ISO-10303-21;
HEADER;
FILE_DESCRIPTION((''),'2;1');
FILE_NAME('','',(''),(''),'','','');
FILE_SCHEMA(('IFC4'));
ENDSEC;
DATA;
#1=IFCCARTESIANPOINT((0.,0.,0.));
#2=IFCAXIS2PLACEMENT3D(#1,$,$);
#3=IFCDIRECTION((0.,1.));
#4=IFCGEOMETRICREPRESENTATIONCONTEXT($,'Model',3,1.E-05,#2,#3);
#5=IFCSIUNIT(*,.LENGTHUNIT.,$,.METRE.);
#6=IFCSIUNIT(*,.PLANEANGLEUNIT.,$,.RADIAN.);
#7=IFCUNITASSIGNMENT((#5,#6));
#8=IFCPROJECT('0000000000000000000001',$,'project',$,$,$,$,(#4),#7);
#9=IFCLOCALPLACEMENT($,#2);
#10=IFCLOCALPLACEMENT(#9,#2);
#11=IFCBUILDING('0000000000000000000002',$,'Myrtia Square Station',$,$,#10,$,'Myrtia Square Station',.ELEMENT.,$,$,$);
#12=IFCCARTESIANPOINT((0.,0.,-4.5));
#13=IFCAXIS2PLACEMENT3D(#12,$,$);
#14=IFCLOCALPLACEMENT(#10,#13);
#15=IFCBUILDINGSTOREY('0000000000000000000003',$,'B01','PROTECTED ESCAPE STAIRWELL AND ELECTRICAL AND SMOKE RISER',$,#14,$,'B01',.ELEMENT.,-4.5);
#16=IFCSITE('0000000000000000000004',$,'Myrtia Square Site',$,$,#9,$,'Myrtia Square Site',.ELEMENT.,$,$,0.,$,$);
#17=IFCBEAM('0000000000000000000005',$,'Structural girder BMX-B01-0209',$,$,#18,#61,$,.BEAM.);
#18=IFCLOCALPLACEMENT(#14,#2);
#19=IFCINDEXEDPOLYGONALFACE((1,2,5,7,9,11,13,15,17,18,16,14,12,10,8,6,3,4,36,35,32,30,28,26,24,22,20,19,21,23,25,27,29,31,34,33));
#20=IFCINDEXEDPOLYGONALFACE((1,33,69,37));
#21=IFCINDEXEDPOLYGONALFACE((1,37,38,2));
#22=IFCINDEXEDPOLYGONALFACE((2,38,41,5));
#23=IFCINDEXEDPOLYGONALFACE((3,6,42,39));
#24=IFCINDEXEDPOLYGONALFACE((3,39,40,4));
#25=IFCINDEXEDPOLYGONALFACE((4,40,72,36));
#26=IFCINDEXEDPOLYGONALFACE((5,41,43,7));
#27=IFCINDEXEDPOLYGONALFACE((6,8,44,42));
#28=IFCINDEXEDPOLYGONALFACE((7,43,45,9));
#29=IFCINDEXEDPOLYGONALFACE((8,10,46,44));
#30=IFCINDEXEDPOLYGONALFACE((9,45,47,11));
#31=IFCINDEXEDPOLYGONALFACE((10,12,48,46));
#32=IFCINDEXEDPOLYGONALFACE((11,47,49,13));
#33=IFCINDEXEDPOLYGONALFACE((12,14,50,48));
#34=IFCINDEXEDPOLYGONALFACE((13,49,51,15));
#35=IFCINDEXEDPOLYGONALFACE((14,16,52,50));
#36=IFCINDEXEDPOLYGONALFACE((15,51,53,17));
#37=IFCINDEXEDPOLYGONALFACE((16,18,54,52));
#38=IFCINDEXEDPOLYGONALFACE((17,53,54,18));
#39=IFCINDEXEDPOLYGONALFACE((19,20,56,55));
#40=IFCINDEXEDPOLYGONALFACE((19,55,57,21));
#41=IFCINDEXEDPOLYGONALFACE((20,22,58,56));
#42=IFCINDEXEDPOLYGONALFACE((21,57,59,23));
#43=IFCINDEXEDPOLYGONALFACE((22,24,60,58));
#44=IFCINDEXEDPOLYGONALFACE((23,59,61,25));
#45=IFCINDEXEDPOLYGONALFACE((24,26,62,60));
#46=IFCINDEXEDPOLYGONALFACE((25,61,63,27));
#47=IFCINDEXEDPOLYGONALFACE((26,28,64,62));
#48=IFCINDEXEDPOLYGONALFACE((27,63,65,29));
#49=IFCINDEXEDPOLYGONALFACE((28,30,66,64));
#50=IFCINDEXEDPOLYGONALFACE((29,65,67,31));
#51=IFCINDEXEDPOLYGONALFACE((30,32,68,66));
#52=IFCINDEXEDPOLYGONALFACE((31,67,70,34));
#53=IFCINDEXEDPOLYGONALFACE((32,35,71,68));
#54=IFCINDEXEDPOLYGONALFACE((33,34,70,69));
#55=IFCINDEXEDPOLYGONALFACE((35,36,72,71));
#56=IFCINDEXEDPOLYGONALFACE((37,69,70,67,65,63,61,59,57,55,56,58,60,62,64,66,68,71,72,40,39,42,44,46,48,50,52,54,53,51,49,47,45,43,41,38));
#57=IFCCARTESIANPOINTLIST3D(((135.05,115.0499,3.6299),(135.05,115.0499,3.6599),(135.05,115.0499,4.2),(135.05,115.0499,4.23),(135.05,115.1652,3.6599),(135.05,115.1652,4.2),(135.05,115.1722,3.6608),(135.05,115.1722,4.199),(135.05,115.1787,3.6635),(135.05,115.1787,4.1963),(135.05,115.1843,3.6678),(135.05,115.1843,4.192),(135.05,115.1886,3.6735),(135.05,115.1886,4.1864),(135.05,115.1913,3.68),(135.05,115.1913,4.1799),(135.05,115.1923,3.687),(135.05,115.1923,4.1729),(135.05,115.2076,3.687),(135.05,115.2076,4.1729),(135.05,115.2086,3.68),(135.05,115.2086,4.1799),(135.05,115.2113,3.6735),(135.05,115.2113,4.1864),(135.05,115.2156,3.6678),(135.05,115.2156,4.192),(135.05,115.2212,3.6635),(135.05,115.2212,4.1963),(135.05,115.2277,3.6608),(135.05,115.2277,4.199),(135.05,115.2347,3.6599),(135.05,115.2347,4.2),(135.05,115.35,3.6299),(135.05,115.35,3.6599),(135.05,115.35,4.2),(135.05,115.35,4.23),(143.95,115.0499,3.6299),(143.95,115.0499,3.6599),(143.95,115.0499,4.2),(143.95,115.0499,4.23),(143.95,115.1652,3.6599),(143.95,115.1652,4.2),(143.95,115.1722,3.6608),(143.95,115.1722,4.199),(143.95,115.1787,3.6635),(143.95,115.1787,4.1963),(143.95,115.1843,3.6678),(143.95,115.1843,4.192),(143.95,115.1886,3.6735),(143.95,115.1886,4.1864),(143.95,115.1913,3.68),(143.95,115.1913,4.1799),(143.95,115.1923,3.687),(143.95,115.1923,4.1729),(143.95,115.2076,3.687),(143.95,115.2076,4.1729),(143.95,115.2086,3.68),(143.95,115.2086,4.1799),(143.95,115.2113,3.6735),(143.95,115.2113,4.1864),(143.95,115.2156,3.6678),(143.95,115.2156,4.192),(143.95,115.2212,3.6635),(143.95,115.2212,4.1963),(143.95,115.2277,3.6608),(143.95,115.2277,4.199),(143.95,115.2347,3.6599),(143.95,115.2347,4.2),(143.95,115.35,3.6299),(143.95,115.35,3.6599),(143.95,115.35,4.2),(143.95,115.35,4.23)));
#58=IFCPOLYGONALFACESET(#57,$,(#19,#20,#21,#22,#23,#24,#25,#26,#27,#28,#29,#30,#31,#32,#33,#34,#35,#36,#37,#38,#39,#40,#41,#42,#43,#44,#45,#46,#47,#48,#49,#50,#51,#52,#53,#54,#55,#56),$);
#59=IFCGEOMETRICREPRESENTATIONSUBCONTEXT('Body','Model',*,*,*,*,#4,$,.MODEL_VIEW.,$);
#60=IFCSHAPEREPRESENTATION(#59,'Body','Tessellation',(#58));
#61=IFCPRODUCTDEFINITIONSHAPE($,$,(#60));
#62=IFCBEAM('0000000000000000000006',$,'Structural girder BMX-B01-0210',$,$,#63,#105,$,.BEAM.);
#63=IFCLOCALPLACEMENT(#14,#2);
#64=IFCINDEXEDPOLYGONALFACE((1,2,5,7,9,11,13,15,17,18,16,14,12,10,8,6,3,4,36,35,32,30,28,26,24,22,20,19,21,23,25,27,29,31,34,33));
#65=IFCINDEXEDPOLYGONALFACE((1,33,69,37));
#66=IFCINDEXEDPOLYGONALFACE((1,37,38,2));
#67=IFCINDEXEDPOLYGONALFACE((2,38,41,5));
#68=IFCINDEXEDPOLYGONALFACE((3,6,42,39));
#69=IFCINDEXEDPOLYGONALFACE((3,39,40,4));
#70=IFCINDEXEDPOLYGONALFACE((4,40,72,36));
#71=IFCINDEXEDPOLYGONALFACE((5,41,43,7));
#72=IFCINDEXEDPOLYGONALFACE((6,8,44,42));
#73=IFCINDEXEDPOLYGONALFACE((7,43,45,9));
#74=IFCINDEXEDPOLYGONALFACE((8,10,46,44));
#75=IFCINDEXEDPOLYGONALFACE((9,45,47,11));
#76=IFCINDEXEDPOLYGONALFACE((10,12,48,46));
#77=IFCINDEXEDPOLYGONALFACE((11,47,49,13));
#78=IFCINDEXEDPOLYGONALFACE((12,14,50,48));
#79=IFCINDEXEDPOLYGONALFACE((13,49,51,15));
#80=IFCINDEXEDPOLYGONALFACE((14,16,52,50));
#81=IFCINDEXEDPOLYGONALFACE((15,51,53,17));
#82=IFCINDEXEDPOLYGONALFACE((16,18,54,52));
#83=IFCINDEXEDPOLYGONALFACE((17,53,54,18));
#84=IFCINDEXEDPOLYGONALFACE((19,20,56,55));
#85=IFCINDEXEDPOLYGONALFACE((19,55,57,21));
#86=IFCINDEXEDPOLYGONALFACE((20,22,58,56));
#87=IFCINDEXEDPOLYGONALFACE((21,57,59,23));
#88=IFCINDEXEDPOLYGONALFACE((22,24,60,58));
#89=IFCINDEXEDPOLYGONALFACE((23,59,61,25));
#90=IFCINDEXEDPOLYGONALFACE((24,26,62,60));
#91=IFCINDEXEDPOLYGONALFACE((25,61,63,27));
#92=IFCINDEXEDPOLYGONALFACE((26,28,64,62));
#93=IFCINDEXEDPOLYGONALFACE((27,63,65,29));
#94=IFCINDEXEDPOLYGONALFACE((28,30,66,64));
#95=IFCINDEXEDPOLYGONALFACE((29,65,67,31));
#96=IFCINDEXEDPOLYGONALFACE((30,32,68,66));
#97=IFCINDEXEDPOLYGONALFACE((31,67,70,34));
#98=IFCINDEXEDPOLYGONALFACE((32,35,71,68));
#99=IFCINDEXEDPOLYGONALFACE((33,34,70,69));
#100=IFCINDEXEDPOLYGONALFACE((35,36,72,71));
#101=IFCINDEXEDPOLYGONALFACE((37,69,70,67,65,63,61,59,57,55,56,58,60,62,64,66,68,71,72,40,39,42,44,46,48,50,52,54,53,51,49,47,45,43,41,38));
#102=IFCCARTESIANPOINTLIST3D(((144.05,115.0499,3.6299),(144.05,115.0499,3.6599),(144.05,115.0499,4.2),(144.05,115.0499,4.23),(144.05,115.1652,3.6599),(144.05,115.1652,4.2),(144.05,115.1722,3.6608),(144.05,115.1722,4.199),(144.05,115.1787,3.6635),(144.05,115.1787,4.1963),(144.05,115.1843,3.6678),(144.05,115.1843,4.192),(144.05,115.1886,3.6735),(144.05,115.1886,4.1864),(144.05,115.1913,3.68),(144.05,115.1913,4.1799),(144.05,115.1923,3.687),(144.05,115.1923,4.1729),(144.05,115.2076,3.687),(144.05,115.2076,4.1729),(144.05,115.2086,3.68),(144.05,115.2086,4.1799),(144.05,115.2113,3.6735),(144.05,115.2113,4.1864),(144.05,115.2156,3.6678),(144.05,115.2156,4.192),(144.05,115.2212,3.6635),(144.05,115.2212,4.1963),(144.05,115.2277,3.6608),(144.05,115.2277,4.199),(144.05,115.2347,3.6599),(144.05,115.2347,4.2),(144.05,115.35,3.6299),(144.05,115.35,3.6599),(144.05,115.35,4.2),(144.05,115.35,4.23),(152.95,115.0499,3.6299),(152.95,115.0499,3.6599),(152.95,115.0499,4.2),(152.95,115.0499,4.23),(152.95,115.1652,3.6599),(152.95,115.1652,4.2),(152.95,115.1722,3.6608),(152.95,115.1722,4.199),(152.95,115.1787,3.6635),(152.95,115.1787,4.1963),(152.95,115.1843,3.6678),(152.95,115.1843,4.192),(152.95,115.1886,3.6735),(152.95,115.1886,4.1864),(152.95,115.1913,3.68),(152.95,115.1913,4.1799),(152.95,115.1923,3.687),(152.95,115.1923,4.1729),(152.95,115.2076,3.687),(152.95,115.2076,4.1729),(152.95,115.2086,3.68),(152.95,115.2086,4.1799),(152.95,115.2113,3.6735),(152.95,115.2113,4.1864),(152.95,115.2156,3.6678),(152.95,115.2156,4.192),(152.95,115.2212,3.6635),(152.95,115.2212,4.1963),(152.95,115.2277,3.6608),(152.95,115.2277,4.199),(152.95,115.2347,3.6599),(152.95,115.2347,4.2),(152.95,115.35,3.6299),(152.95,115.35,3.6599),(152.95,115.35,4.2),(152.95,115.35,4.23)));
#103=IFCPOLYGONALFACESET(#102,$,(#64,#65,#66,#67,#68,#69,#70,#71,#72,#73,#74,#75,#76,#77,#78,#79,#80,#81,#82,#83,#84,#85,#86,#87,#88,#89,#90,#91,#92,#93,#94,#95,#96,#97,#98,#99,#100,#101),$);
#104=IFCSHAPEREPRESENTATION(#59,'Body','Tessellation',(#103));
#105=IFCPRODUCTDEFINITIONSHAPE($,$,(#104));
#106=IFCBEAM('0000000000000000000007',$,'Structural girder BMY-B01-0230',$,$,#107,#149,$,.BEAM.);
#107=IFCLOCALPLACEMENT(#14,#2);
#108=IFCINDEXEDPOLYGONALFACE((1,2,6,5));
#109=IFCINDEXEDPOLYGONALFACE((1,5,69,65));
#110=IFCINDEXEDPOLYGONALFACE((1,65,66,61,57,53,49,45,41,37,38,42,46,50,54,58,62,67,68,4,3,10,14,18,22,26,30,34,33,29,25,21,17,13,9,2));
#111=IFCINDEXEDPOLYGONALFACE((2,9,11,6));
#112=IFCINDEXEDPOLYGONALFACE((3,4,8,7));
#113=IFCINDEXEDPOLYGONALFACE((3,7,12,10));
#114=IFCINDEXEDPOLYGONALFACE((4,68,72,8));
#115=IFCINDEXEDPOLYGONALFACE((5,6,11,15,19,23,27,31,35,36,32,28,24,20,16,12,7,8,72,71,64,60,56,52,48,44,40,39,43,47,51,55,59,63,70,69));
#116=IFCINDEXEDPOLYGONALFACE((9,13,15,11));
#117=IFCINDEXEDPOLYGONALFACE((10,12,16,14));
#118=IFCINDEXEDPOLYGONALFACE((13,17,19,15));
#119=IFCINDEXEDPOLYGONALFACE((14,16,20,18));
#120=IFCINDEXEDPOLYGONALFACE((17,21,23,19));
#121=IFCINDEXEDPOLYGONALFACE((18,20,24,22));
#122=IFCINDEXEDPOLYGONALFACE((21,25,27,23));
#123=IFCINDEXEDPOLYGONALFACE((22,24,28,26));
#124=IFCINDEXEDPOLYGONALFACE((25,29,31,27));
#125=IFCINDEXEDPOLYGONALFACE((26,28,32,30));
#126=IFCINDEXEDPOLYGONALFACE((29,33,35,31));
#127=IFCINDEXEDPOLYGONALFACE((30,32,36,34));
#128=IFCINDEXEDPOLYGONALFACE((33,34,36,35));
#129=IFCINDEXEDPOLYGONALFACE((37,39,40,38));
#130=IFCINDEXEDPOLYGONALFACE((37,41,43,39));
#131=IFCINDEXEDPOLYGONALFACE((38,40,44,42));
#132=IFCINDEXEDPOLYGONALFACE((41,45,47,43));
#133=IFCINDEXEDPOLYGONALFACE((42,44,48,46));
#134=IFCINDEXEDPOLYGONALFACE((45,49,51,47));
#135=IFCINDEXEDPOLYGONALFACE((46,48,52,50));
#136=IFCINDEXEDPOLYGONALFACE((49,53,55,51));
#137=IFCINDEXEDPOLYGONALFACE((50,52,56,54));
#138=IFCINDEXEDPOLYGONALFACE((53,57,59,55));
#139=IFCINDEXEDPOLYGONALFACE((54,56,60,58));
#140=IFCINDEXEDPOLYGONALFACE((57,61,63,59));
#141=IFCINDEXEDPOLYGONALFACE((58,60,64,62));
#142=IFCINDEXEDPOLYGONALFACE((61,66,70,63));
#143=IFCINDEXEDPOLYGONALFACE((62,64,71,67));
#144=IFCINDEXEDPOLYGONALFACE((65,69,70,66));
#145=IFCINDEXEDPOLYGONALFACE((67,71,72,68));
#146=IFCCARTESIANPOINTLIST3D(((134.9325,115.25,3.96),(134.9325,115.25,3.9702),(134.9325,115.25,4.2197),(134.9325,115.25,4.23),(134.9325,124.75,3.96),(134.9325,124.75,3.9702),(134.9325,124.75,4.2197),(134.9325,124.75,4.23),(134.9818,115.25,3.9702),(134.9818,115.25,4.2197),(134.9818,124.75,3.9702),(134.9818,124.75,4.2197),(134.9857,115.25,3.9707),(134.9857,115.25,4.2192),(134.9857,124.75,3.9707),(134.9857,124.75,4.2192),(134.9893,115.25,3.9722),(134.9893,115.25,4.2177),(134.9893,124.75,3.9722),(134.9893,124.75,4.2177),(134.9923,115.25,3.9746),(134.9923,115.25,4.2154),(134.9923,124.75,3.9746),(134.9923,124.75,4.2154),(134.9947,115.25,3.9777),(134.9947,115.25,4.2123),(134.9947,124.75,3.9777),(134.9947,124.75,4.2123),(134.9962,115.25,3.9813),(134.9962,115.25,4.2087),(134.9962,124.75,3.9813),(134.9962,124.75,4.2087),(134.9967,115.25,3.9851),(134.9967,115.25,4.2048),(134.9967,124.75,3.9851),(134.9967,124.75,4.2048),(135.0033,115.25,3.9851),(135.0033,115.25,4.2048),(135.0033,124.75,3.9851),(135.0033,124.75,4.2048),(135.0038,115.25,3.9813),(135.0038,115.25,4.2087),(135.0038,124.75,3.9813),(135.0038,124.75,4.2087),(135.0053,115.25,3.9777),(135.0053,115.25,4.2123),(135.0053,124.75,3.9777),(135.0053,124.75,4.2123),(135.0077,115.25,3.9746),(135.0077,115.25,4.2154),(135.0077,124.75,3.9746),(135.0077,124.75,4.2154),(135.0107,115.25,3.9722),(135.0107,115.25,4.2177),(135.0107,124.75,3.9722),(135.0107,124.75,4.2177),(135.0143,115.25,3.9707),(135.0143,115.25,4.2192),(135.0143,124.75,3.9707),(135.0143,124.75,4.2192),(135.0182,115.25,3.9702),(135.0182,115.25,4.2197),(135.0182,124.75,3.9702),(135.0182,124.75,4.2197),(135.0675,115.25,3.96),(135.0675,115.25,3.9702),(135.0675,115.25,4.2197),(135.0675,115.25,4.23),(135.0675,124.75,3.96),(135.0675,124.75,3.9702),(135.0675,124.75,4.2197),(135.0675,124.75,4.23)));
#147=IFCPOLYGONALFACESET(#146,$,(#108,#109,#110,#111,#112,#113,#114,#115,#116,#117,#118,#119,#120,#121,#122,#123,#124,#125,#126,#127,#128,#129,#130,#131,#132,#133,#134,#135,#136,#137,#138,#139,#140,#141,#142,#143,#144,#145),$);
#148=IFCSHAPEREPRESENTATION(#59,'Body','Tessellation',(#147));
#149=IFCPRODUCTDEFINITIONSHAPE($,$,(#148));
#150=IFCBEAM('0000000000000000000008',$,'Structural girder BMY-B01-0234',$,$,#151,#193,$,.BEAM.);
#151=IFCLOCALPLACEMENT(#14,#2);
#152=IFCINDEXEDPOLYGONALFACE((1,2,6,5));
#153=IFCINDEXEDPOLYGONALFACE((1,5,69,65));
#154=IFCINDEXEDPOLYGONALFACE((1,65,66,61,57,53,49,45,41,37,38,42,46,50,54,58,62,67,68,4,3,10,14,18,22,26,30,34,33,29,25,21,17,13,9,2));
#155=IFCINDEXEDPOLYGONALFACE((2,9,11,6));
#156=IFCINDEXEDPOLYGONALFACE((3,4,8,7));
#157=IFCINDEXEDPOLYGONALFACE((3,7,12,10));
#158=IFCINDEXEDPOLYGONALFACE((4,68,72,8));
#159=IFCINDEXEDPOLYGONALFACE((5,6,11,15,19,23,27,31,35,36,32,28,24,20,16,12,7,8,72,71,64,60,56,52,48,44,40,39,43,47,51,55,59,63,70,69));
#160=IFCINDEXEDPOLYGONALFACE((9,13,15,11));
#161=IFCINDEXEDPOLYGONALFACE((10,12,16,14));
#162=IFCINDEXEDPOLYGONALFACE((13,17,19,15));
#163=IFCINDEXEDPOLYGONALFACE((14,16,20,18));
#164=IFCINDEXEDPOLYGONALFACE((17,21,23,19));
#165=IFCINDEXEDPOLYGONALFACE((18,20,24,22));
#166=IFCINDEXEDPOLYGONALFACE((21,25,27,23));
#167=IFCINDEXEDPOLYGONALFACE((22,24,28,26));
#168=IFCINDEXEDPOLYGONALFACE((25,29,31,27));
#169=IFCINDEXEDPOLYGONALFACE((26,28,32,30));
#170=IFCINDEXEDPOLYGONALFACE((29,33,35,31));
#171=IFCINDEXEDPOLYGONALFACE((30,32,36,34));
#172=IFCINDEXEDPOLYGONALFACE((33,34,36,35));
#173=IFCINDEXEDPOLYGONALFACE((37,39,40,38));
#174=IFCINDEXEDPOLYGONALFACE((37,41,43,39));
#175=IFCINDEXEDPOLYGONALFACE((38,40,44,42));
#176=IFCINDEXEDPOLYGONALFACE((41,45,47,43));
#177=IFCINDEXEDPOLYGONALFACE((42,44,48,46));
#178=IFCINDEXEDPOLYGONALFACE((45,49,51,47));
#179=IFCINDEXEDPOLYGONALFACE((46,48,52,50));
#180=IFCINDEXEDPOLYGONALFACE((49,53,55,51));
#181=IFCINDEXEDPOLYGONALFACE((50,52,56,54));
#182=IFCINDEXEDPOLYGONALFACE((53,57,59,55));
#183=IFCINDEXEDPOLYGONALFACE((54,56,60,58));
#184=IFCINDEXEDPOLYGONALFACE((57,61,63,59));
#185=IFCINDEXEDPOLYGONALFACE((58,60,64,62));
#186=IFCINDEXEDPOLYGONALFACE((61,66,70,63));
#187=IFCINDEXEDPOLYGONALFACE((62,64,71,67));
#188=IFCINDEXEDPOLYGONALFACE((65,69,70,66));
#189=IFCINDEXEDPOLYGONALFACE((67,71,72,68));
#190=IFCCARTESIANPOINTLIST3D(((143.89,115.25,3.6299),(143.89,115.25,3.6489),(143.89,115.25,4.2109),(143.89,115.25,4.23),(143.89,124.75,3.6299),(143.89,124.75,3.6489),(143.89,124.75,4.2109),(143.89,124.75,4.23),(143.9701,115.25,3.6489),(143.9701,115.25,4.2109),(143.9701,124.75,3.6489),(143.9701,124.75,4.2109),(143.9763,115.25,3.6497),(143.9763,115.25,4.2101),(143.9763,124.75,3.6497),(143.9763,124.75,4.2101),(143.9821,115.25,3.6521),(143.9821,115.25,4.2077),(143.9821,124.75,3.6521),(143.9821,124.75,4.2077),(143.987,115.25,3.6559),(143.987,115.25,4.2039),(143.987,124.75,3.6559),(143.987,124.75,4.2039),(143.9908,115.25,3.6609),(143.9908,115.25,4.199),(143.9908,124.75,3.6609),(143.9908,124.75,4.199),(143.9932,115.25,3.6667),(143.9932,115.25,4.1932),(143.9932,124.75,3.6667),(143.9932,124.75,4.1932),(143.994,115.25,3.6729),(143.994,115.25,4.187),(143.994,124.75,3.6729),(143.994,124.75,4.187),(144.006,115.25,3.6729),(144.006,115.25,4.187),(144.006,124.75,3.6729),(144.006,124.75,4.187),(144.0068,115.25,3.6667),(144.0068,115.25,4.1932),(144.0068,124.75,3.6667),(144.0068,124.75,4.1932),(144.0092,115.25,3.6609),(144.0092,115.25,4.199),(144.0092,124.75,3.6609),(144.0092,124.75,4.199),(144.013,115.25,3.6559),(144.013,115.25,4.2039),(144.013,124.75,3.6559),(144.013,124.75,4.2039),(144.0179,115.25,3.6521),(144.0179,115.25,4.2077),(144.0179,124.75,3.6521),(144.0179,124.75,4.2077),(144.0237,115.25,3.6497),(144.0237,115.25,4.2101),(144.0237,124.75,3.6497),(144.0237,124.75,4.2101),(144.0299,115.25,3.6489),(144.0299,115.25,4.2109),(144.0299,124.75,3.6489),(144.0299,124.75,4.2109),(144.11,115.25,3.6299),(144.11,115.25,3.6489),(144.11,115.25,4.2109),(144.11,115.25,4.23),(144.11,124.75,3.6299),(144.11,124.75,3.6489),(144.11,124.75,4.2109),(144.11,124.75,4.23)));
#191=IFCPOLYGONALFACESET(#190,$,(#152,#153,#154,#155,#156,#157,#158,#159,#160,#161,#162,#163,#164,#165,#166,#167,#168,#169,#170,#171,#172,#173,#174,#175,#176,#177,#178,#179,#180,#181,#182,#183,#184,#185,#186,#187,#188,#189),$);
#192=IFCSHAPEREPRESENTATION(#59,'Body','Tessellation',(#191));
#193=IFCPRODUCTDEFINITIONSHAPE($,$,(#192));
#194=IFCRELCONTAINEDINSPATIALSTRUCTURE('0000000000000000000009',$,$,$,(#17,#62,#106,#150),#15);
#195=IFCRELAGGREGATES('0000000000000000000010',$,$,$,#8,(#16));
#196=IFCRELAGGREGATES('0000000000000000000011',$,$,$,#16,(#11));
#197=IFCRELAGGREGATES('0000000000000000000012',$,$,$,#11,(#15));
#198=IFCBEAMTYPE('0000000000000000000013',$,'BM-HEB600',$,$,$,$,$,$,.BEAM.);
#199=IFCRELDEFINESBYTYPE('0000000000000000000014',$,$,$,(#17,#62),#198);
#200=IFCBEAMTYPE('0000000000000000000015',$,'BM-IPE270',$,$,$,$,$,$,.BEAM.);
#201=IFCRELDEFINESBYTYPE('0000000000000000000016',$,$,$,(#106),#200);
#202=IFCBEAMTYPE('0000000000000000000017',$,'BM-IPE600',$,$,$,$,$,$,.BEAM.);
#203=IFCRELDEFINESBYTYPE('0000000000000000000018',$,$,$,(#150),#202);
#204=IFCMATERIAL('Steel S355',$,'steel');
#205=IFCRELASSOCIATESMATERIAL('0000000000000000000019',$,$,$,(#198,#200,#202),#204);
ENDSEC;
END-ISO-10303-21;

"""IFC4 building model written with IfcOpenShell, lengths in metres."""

from ifc_helpers import new_model, si_unit, direction, frame, origin, origin_2d, place, context, subcontext, project, spatial, i_section, extrude, material, material_profile, profile_set, type_object, element, save


model = new_model("IFC4")

# Units and contexts
model_context = context("Model", 3, precision=1e-05, world=origin(), true_north=direction((0.0, 1.0)))
body_context = subcontext(model_context, "Body", "Model", "MODEL_VIEW")
ifc_project = project(units=[si_unit("LENGTHUNIT", "METRE"), si_unit("PLANEANGLEUNIT", "RADIAN")], contexts=[model_context])

# Site, building, storey
site_placement = place(None, origin())
site = spatial("IfcSite", under=ifc_project, at=site_placement, Name="Myrtia Square Site", LongName="Myrtia Square Site", CompositionType="ELEMENT", RefElevation=0.0)
building_placement = place(site_placement, origin())
building = spatial("IfcBuilding", under=site, at=building_placement, Name="Myrtia Square Station", LongName="Myrtia Square Station", CompositionType="ELEMENT")
storey_placement = place(building_placement, frame((0.0, 0.0, -4.5)))
storey = spatial("IfcBuildingStorey", under=building, at=storey_placement, Name="B01", Description="PROTECTED ESCAPE STAIRWELL AND ELECTRICAL AND SMOKE RISER", LongName="B01", CompositionType="ELEMENT", Elevation=-4.5)

# Shared definitions
ifc_material_1 = material(Name="Steel S355", Category="steel")

# Beams
ifc_material_profile_1 = material_profile(ifc_material_1, i_section(OverallWidth=0.3, OverallDepth=0.6001, WebThickness=0.0154, FlangeThickness=0.03, FilletRadius=0.0271, at=origin_2d()), Name="HEB 600")
ifc_profile_set_1 = profile_set([ifc_material_profile_1], Name="Steel S355")
beam_type_1 = type_object("IfcBeamType", Name="BM-HEB600", PredefinedType="BEAM", material=ifc_profile_set_1)
for number, where, z_axis, x_axis, name in (
    (1, (135.05, 115.2, 3.9299), (1.0, 0.0, 0.0), (0.0, 1.0, 0.0), "Structural girder BMX-B01-0209"),
    (2, (144.05, 115.2, 3.9299), (1.0, 0.0, 0.0), (0.0, 1.0, 0.0), "Structural girder BMX-B01-0210"),
):
    element("IfcBeam", number, at=place(storey_placement, frame(where, z_axis=z_axis, x_axis=x_axis)), inside=storey, type_object=beam_type_1, Name=name, PredefinedType="BEAM", context=body_context, shape_type="SweptSolid", body=[
        extrude(i_section(OverallWidth=0.3, OverallDepth=0.6001, WebThickness=0.0154, FlangeThickness=0.03, FilletRadius=0.0271, at=origin_2d()), origin(), (0.0, 0.0, 1.0), 8.8999),
    ])
ifc_material_profile_2 = material_profile(ifc_material_1, i_section(OverallWidth=0.135, OverallDepth=0.27, WebThickness=0.0066, FlangeThickness=0.0103, FilletRadius=0.0149, at=origin_2d()), Name="IPE 270")
ifc_profile_set_2 = profile_set([ifc_material_profile_2], Name="Steel S355")
beam_type_2 = type_object("IfcBeamType", Name="BM-IPE270", PredefinedType="BEAM", material=ifc_profile_set_2)
beam_1_placement = place(storey_placement, frame((135.0, 115.25, 4.095), z_axis=(0.0, 1.0, 0.0), x_axis=(-1.0, 0.0, 0.0)))
element("IfcBeam", 3, at=beam_1_placement, inside=storey, type_object=beam_type_2, Name="Structural girder BMY-B01-0230", PredefinedType="BEAM", context=body_context, shape_type="SweptSolid", body=[
    extrude(i_section(OverallWidth=0.135, OverallDepth=0.27, WebThickness=0.0066, FlangeThickness=0.0103, FilletRadius=0.0149, at=origin_2d()), origin(), (0.0, 0.0, 1.0), 9.5),
])
ifc_material_profile_3 = material_profile(ifc_material_1, i_section(OverallWidth=0.22, OverallDepth=0.6001, WebThickness=0.012, FlangeThickness=0.019, FilletRadius=0.0239, at=origin_2d()), Name="IPE 600")
ifc_profile_set_3 = profile_set([ifc_material_profile_3], Name="Steel S355")
beam_type_3 = type_object("IfcBeamType", Name="BM-IPE600", PredefinedType="BEAM", material=ifc_profile_set_3)
beam_2_placement = place(storey_placement, frame((144.0, 115.25, 3.9299), z_axis=(0.0, 1.0, 0.0), x_axis=(-1.0, 0.0, 0.0)))
element("IfcBeam", 4, at=beam_2_placement, inside=storey, type_object=beam_type_3, Name="Structural girder BMY-B01-0234", PredefinedType="BEAM", context=body_context, shape_type="SweptSolid", body=[
    extrude(i_section(OverallWidth=0.22, OverallDepth=0.6001, WebThickness=0.012, FlangeThickness=0.019, FilletRadius=0.0239, at=origin_2d()), origin(), (0.0, 0.0, 1.0), 9.5),
])

save(model, "model.ifc")
